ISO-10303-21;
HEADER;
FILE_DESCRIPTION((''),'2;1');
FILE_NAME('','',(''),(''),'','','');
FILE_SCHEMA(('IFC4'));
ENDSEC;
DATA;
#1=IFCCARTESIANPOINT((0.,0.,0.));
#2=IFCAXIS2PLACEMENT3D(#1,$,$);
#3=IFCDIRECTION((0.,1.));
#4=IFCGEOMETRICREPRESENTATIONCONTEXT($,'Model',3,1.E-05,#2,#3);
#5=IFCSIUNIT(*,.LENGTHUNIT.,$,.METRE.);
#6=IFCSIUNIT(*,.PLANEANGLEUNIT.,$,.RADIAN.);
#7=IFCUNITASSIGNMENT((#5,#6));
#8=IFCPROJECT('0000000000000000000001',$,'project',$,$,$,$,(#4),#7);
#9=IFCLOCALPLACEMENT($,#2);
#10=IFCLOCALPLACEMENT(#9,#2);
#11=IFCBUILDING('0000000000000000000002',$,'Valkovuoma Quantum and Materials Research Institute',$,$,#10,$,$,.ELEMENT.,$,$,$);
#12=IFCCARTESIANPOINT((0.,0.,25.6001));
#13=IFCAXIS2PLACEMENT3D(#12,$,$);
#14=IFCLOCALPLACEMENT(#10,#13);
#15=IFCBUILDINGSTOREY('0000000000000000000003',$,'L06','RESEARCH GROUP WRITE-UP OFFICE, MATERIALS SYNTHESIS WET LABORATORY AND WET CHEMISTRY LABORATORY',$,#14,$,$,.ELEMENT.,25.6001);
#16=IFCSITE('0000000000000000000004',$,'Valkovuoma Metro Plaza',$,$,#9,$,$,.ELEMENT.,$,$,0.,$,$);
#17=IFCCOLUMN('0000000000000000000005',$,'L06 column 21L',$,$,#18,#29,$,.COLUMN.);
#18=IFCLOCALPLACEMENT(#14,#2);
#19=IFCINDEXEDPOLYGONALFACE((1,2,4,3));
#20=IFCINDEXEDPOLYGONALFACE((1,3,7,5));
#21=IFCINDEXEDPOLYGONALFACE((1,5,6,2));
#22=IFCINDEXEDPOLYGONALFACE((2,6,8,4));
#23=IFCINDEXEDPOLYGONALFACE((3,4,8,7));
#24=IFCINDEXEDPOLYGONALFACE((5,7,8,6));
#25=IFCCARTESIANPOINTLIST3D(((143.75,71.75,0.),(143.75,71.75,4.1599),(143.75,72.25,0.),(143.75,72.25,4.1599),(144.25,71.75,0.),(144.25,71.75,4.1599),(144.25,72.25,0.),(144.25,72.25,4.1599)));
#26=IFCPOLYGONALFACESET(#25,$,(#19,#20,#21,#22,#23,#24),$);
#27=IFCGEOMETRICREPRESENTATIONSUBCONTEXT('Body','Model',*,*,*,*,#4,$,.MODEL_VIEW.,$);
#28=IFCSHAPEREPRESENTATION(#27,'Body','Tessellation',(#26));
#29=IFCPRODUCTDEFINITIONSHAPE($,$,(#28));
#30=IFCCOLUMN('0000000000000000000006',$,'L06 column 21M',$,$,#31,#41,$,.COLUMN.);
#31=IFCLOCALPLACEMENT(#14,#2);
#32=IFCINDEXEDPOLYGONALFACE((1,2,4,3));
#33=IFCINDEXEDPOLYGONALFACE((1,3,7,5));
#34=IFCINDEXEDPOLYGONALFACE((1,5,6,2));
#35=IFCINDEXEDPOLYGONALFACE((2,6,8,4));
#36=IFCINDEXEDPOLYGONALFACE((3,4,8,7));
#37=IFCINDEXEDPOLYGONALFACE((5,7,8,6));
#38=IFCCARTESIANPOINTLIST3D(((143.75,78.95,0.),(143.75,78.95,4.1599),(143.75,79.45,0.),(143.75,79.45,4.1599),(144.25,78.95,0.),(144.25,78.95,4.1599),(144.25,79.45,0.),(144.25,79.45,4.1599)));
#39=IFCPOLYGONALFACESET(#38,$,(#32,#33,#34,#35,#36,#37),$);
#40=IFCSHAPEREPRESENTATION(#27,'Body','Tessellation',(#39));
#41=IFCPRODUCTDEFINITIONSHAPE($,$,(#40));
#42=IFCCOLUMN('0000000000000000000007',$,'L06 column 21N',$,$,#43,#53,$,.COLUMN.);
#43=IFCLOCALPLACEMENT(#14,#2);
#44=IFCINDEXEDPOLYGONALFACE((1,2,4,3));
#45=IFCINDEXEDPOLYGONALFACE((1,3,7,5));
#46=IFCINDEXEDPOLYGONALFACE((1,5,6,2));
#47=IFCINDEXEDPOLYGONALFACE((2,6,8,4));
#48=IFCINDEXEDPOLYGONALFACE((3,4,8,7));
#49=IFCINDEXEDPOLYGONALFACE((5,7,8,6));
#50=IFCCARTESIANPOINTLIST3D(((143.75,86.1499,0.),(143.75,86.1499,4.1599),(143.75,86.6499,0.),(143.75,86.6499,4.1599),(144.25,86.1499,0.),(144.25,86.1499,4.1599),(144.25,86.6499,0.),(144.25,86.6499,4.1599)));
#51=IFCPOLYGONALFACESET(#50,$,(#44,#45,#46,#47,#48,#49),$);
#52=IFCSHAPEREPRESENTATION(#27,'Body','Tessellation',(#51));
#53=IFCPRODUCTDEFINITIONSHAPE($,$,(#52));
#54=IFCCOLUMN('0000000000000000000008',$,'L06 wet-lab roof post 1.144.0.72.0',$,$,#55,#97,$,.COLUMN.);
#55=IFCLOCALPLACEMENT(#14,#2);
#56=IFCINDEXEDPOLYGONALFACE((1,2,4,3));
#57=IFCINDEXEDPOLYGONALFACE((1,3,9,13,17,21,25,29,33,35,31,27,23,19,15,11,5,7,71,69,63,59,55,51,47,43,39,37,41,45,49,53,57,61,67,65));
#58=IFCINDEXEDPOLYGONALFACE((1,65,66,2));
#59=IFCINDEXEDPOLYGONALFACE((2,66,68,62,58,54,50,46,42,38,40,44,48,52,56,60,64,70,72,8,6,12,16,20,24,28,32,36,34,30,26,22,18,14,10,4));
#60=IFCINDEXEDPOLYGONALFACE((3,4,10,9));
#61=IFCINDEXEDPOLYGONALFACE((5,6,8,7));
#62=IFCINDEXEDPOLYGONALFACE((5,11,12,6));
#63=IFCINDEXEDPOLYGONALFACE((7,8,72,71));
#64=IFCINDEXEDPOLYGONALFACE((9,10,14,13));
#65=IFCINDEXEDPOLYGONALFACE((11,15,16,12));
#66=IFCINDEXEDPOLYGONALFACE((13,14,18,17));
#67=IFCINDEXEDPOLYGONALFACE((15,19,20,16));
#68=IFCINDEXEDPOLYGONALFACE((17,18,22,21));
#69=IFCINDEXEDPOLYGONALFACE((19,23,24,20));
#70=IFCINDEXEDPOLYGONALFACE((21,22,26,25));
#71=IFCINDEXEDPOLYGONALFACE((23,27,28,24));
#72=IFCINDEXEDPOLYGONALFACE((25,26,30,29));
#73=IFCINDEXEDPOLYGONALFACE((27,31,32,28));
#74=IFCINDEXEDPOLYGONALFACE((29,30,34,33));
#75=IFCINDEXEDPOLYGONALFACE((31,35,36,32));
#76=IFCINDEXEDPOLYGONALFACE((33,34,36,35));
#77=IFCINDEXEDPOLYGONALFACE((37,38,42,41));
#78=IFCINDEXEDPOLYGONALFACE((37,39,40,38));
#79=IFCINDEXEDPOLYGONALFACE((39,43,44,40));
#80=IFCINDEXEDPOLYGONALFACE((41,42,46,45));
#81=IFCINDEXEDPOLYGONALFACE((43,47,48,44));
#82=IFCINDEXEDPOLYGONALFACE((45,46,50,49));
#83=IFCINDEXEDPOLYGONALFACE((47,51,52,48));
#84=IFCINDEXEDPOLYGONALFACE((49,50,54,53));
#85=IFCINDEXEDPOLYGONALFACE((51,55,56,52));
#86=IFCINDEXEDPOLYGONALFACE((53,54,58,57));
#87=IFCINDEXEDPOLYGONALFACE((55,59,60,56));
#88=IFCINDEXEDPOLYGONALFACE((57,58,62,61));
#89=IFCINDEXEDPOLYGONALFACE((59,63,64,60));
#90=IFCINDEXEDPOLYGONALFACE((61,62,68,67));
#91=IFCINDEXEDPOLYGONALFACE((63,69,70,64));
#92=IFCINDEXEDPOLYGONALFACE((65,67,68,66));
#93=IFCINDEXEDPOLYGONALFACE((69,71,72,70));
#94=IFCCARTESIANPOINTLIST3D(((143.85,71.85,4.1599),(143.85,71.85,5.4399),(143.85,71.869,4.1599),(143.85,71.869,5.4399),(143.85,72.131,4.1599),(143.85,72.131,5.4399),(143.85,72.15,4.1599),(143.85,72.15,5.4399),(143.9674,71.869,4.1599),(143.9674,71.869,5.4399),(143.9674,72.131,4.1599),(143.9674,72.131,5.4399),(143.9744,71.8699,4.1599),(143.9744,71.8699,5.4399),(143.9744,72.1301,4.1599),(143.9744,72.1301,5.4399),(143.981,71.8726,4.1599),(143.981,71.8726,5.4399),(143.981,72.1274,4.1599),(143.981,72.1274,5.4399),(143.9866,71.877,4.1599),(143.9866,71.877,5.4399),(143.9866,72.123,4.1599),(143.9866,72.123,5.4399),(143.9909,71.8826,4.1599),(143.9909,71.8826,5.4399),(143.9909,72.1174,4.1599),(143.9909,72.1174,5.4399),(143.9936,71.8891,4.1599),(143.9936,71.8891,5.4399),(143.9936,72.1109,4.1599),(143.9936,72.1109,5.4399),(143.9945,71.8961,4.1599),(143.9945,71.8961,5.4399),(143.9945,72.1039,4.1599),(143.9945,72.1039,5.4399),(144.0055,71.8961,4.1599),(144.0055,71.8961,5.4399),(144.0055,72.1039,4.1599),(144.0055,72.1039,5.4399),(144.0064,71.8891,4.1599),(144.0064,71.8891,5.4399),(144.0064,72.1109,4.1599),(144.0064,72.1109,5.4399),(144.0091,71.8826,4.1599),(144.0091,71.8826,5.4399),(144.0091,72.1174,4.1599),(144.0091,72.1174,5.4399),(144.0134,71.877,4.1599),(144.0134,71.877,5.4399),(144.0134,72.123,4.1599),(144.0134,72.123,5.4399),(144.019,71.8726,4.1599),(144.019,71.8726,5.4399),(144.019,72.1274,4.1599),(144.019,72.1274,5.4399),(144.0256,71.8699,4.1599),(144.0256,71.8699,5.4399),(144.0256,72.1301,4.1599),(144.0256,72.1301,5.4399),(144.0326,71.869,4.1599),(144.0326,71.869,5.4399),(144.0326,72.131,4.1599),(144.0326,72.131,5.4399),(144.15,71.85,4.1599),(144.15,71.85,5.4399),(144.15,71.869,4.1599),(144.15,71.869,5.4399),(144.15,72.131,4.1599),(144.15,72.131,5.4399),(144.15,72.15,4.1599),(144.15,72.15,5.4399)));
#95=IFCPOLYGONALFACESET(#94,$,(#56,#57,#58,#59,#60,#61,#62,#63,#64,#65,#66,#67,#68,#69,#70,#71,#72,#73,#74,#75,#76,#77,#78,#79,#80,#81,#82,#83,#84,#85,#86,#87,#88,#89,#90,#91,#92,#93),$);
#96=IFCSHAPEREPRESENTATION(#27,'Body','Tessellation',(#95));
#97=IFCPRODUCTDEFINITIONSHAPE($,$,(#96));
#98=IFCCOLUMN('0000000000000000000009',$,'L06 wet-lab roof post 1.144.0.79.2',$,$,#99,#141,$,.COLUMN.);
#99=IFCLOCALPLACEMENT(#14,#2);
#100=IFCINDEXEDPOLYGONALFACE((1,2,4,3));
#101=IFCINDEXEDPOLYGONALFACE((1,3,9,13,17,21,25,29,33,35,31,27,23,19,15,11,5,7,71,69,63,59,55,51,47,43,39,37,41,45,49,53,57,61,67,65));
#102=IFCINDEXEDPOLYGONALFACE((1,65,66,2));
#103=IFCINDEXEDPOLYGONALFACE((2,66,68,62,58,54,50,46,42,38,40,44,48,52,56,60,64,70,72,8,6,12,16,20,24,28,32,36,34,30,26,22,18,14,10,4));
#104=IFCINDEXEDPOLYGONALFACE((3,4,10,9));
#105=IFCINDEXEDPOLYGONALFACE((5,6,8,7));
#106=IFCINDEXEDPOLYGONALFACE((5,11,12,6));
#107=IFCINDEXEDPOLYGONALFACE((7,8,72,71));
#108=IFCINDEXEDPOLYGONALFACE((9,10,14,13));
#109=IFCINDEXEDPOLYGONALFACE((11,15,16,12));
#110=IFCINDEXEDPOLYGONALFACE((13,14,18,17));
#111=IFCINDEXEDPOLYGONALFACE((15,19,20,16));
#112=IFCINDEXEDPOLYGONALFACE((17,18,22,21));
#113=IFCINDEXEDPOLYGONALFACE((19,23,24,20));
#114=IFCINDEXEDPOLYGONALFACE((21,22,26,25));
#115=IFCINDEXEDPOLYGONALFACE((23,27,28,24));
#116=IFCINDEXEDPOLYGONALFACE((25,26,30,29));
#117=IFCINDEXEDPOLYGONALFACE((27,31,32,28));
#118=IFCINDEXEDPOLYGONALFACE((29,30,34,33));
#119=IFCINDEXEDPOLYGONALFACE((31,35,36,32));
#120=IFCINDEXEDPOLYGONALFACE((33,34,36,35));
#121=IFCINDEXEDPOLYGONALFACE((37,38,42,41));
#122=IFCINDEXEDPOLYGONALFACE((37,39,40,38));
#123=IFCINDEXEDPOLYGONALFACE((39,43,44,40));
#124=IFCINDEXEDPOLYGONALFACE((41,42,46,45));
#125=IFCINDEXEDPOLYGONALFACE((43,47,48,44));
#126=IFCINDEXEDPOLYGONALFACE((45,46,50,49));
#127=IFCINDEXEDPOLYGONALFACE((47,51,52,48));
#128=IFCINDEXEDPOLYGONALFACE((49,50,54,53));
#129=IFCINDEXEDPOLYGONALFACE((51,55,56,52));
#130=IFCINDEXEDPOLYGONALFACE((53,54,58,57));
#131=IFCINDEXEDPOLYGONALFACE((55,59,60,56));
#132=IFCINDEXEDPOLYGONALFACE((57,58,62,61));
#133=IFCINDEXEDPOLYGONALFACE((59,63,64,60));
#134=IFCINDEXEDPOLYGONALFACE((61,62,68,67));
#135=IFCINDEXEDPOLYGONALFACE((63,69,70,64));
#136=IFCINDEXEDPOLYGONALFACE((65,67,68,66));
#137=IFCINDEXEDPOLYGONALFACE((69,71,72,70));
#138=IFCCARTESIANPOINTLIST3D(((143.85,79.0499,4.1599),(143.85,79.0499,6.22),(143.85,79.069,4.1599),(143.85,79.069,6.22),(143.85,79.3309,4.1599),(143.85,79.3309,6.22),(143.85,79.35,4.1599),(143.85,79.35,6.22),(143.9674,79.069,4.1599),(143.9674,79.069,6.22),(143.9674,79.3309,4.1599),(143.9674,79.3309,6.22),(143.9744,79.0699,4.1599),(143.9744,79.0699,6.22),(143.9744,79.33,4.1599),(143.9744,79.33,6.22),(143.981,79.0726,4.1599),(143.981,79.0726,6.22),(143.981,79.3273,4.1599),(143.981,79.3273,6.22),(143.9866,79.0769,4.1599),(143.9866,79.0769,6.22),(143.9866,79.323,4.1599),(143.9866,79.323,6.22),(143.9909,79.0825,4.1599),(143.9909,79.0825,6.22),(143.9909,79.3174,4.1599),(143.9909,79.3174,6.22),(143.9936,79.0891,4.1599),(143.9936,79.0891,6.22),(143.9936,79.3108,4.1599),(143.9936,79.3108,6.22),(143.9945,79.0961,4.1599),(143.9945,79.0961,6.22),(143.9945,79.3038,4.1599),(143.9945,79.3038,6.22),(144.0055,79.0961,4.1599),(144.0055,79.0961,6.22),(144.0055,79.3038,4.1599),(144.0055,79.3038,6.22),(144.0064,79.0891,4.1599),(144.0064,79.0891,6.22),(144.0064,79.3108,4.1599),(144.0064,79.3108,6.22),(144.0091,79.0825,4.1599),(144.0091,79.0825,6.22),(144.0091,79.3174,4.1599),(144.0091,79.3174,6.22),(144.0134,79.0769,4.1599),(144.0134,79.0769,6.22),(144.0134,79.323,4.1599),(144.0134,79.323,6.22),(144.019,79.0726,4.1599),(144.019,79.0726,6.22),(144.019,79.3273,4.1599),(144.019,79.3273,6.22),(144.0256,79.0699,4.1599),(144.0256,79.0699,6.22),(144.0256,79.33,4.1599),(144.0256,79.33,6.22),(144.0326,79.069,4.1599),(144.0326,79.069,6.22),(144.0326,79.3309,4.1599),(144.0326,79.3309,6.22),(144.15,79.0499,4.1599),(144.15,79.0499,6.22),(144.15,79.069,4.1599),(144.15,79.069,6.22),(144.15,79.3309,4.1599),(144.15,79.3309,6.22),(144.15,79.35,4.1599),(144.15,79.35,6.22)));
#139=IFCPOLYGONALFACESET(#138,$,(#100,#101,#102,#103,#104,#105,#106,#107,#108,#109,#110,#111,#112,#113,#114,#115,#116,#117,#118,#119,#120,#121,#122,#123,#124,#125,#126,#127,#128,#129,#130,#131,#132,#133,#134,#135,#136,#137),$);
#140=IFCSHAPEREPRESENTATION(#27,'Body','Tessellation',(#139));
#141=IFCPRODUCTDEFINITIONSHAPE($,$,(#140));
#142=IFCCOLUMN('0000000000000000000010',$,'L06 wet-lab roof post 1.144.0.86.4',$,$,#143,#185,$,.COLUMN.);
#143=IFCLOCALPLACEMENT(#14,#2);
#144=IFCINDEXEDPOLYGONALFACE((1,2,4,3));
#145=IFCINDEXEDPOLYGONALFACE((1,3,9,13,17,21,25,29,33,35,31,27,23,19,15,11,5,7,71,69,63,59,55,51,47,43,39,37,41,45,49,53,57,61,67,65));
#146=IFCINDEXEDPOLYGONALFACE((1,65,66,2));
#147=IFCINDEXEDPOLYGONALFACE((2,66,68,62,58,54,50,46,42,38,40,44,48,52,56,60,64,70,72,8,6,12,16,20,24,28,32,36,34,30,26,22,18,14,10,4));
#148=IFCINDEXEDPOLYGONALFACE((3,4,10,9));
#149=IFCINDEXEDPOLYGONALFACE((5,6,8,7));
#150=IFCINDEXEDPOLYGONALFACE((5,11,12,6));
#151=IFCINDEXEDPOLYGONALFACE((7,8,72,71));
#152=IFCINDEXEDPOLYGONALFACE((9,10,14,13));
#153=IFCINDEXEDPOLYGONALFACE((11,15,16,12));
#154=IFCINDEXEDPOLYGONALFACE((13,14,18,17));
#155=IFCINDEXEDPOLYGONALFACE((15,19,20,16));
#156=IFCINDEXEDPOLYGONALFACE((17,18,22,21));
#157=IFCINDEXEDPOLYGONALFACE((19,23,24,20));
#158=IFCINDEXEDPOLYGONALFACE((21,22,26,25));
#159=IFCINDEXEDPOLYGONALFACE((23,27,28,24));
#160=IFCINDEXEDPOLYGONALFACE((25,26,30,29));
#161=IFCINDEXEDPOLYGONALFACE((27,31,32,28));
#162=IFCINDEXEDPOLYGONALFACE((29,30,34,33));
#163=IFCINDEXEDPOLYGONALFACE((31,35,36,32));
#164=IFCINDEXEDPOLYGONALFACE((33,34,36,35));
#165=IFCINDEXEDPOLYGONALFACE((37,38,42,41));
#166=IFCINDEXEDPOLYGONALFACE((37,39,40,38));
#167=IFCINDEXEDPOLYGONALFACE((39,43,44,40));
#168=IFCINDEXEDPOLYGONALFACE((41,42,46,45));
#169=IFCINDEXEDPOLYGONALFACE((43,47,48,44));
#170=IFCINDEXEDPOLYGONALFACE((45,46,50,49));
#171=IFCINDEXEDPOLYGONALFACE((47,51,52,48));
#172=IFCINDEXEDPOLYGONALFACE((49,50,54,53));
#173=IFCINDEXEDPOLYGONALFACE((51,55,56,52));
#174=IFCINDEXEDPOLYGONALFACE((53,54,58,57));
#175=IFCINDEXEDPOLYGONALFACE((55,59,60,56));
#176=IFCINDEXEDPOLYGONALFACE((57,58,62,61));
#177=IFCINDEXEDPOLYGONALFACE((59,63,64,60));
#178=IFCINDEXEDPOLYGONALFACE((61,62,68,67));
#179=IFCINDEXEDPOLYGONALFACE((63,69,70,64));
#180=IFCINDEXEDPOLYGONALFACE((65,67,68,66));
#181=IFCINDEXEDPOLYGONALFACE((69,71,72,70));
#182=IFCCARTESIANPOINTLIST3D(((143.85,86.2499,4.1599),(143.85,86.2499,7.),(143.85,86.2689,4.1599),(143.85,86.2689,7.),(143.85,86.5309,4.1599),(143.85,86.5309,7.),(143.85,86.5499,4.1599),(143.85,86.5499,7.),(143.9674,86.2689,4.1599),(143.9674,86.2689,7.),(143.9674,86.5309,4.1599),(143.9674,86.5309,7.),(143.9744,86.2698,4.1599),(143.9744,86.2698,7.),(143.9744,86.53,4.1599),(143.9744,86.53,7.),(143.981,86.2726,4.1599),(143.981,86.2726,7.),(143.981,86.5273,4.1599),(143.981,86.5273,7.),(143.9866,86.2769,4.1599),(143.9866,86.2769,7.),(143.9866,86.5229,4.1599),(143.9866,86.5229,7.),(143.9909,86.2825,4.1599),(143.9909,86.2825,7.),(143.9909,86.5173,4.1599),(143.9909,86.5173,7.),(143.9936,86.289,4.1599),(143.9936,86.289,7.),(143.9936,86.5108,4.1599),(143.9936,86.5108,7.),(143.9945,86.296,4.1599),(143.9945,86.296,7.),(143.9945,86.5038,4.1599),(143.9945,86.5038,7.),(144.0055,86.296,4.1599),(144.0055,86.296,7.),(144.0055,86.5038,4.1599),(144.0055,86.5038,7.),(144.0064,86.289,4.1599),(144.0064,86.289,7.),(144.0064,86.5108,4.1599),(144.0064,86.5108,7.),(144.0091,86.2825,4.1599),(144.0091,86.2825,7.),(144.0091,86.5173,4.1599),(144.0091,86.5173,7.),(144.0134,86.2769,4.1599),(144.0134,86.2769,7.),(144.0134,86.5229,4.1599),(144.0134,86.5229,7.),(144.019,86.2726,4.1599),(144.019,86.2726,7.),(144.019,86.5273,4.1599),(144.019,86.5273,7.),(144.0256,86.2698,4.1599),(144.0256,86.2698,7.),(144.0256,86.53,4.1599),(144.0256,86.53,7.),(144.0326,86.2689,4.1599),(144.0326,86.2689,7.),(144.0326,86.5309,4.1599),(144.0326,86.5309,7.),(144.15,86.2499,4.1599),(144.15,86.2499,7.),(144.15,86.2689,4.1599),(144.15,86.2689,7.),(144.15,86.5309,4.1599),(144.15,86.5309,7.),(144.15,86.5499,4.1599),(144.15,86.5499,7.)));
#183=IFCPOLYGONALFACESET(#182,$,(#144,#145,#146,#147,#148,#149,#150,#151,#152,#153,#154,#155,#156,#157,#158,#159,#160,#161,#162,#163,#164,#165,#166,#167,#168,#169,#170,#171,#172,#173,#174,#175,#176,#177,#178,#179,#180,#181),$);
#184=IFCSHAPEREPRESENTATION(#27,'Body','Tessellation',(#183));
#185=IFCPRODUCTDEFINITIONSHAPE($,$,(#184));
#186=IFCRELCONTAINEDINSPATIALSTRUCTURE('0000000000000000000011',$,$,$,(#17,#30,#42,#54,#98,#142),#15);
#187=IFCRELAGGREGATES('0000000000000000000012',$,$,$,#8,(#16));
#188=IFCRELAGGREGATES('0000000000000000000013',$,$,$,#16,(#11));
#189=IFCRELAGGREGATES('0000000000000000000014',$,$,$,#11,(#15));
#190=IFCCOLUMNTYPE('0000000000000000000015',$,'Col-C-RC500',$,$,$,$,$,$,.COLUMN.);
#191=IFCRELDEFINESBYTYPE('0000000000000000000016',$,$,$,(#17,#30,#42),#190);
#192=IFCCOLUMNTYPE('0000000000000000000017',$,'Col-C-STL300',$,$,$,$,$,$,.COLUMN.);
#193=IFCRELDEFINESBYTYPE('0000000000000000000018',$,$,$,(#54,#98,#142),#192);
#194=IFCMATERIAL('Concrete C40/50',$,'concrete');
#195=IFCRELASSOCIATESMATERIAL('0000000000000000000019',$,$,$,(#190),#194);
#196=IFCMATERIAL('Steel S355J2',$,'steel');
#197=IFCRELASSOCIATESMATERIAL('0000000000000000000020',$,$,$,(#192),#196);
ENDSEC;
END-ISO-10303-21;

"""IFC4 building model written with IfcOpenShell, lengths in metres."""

from ifc_helpers import new_model, si_unit, direction, frame, origin, origin_2d, place, context, subcontext, project, spatial, rectangle, i_section, extrude, material, material_profile, profile_set, type_object, element, save


model = new_model("IFC4")

# Units and contexts
model_context = context("Model", 3, precision=1e-05, world=origin(), true_north=direction((0.0, 1.0)))
body_context = subcontext(model_context, "Body", "Model", "MODEL_VIEW")
ifc_project = project(units=[si_unit("LENGTHUNIT", "METRE"), si_unit("PLANEANGLEUNIT", "RADIAN")], contexts=[model_context])

# Site, building, storey
site_placement = place(None, origin())
site = spatial("IfcSite", under=ifc_project, at=site_placement, Name="Valkovuoma Metro Plaza", CompositionType="ELEMENT", RefElevation=0.0)
building_placement = place(site_placement, origin())
building = spatial("IfcBuilding", under=site, at=building_placement, Name="Valkovuoma Quantum and Materials Research Institute", CompositionType="ELEMENT")
storey_placement = place(building_placement, frame((0.0, 0.0, 25.6001)))
storey = spatial("IfcBuildingStorey", under=building, at=storey_placement, Name="L06", Description="RESEARCH GROUP WRITE-UP OFFICE, MATERIALS SYNTHESIS WET LABORATORY AND WET CHEMISTRY LABORATORY", CompositionType="ELEMENT", Elevation=25.6001)

# Columns
ifc_material_1 = material(Name="Concrete C40/50", Category="concrete")
ifc_material_profile_1 = material_profile(ifc_material_1, rectangle(XDim=0.5, YDim=0.5, at=origin_2d()), Name="Concrete C40/50")
ifc_profile_set_1 = profile_set([ifc_material_profile_1], Name="Concrete C40/50")
column_type_1 = type_object("IfcColumnType", Name="Col-C-RC500", PredefinedType="COLUMN", material=ifc_profile_set_1)
for number, where, z_axis, x_axis, name in (
    (1, (144.0, 72.0, 0.0), (0.0, 0.0, 1.0), (1.0, 0.0, 0.0), "L06 column 21L"),
    (2, (144.0, 79.2, 0.0), (0.0, 0.0, 1.0), (1.0, 0.0, 0.0), "L06 column 21M"),
    (3, (144.0, 86.3999, 0.0), (0.0, 0.0, 1.0), (1.0, 0.0, 0.0), "L06 column 21N"),
):
    element("IfcColumn", number, at=place(storey_placement, frame(where, z_axis=z_axis, x_axis=x_axis)), inside=storey, type_object=column_type_1, Name=name, PredefinedType="COLUMN", context=body_context, shape_type="SweptSolid", body=[
        extrude(rectangle(XDim=0.5, YDim=0.5, at=origin_2d()), origin(), (0.0, 0.0, 1.0), 4.1599),
    ])
ifc_material_2 = material(Name="Steel S355J2", Category="steel")
ifc_material_profile_2 = material_profile(ifc_material_2, i_section(OverallWidth=0.3, OverallDepth=0.3, WebThickness=0.011, FlangeThickness=0.019, FilletRadius=0.0271, at=origin_2d()), Name="Steel S355J2")
ifc_profile_set_2 = profile_set([ifc_material_profile_2], Name="Steel S355J2")
column_type_2 = type_object("IfcColumnType", Name="Col-C-STL300", PredefinedType="COLUMN", material=ifc_profile_set_2)
column_1_placement = place(storey_placement, frame((144.0, 72.0, 4.1599), z_axis=(0.0, 0.0, 1.0), x_axis=(1.0, 0.0, 0.0)))
element("IfcColumn", 4, at=column_1_placement, inside=storey, type_object=column_type_2, Name="L06 wet-lab roof post 1.144.0.72.0", PredefinedType="COLUMN", context=body_context, shape_type="SweptSolid", body=[
    extrude(i_section(OverallWidth=0.3, OverallDepth=0.3, WebThickness=0.011, FlangeThickness=0.019, FilletRadius=0.0271, at=origin_2d()), origin(), (0.0, 0.0, 1.0), 1.28),
])
column_2_placement = place(storey_placement, frame((144.0, 79.2, 4.1599), z_axis=(0.0, 0.0, 1.0), x_axis=(1.0, 0.0, 0.0)))
element("IfcColumn", 5, at=column_2_placement, inside=storey, type_object=column_type_2, Name="L06 wet-lab roof post 1.144.0.79.2", PredefinedType="COLUMN", context=body_context, shape_type="SweptSolid", body=[
    extrude(i_section(OverallWidth=0.3, OverallDepth=0.3, WebThickness=0.011, FlangeThickness=0.019, FilletRadius=0.0271, at=origin_2d()), origin(), (0.0, 0.0, 1.0), 2.0601),
])
column_3_placement = place(storey_placement, frame((144.0, 86.3999, 4.1599), z_axis=(0.0, 0.0, 1.0), x_axis=(1.0, 0.0, 0.0)))
element("IfcColumn", 6, at=column_3_placement, inside=storey, type_object=column_type_2, Name="L06 wet-lab roof post 1.144.0.86.4", PredefinedType="COLUMN", context=body_context, shape_type="SweptSolid", body=[
    extrude(i_section(OverallWidth=0.3, OverallDepth=0.3, WebThickness=0.011, FlangeThickness=0.019, FilletRadius=0.0271, at=origin_2d()), origin(), (0.0, 0.0, 1.0), 2.8401),
])

save(model, "model.ifc")
